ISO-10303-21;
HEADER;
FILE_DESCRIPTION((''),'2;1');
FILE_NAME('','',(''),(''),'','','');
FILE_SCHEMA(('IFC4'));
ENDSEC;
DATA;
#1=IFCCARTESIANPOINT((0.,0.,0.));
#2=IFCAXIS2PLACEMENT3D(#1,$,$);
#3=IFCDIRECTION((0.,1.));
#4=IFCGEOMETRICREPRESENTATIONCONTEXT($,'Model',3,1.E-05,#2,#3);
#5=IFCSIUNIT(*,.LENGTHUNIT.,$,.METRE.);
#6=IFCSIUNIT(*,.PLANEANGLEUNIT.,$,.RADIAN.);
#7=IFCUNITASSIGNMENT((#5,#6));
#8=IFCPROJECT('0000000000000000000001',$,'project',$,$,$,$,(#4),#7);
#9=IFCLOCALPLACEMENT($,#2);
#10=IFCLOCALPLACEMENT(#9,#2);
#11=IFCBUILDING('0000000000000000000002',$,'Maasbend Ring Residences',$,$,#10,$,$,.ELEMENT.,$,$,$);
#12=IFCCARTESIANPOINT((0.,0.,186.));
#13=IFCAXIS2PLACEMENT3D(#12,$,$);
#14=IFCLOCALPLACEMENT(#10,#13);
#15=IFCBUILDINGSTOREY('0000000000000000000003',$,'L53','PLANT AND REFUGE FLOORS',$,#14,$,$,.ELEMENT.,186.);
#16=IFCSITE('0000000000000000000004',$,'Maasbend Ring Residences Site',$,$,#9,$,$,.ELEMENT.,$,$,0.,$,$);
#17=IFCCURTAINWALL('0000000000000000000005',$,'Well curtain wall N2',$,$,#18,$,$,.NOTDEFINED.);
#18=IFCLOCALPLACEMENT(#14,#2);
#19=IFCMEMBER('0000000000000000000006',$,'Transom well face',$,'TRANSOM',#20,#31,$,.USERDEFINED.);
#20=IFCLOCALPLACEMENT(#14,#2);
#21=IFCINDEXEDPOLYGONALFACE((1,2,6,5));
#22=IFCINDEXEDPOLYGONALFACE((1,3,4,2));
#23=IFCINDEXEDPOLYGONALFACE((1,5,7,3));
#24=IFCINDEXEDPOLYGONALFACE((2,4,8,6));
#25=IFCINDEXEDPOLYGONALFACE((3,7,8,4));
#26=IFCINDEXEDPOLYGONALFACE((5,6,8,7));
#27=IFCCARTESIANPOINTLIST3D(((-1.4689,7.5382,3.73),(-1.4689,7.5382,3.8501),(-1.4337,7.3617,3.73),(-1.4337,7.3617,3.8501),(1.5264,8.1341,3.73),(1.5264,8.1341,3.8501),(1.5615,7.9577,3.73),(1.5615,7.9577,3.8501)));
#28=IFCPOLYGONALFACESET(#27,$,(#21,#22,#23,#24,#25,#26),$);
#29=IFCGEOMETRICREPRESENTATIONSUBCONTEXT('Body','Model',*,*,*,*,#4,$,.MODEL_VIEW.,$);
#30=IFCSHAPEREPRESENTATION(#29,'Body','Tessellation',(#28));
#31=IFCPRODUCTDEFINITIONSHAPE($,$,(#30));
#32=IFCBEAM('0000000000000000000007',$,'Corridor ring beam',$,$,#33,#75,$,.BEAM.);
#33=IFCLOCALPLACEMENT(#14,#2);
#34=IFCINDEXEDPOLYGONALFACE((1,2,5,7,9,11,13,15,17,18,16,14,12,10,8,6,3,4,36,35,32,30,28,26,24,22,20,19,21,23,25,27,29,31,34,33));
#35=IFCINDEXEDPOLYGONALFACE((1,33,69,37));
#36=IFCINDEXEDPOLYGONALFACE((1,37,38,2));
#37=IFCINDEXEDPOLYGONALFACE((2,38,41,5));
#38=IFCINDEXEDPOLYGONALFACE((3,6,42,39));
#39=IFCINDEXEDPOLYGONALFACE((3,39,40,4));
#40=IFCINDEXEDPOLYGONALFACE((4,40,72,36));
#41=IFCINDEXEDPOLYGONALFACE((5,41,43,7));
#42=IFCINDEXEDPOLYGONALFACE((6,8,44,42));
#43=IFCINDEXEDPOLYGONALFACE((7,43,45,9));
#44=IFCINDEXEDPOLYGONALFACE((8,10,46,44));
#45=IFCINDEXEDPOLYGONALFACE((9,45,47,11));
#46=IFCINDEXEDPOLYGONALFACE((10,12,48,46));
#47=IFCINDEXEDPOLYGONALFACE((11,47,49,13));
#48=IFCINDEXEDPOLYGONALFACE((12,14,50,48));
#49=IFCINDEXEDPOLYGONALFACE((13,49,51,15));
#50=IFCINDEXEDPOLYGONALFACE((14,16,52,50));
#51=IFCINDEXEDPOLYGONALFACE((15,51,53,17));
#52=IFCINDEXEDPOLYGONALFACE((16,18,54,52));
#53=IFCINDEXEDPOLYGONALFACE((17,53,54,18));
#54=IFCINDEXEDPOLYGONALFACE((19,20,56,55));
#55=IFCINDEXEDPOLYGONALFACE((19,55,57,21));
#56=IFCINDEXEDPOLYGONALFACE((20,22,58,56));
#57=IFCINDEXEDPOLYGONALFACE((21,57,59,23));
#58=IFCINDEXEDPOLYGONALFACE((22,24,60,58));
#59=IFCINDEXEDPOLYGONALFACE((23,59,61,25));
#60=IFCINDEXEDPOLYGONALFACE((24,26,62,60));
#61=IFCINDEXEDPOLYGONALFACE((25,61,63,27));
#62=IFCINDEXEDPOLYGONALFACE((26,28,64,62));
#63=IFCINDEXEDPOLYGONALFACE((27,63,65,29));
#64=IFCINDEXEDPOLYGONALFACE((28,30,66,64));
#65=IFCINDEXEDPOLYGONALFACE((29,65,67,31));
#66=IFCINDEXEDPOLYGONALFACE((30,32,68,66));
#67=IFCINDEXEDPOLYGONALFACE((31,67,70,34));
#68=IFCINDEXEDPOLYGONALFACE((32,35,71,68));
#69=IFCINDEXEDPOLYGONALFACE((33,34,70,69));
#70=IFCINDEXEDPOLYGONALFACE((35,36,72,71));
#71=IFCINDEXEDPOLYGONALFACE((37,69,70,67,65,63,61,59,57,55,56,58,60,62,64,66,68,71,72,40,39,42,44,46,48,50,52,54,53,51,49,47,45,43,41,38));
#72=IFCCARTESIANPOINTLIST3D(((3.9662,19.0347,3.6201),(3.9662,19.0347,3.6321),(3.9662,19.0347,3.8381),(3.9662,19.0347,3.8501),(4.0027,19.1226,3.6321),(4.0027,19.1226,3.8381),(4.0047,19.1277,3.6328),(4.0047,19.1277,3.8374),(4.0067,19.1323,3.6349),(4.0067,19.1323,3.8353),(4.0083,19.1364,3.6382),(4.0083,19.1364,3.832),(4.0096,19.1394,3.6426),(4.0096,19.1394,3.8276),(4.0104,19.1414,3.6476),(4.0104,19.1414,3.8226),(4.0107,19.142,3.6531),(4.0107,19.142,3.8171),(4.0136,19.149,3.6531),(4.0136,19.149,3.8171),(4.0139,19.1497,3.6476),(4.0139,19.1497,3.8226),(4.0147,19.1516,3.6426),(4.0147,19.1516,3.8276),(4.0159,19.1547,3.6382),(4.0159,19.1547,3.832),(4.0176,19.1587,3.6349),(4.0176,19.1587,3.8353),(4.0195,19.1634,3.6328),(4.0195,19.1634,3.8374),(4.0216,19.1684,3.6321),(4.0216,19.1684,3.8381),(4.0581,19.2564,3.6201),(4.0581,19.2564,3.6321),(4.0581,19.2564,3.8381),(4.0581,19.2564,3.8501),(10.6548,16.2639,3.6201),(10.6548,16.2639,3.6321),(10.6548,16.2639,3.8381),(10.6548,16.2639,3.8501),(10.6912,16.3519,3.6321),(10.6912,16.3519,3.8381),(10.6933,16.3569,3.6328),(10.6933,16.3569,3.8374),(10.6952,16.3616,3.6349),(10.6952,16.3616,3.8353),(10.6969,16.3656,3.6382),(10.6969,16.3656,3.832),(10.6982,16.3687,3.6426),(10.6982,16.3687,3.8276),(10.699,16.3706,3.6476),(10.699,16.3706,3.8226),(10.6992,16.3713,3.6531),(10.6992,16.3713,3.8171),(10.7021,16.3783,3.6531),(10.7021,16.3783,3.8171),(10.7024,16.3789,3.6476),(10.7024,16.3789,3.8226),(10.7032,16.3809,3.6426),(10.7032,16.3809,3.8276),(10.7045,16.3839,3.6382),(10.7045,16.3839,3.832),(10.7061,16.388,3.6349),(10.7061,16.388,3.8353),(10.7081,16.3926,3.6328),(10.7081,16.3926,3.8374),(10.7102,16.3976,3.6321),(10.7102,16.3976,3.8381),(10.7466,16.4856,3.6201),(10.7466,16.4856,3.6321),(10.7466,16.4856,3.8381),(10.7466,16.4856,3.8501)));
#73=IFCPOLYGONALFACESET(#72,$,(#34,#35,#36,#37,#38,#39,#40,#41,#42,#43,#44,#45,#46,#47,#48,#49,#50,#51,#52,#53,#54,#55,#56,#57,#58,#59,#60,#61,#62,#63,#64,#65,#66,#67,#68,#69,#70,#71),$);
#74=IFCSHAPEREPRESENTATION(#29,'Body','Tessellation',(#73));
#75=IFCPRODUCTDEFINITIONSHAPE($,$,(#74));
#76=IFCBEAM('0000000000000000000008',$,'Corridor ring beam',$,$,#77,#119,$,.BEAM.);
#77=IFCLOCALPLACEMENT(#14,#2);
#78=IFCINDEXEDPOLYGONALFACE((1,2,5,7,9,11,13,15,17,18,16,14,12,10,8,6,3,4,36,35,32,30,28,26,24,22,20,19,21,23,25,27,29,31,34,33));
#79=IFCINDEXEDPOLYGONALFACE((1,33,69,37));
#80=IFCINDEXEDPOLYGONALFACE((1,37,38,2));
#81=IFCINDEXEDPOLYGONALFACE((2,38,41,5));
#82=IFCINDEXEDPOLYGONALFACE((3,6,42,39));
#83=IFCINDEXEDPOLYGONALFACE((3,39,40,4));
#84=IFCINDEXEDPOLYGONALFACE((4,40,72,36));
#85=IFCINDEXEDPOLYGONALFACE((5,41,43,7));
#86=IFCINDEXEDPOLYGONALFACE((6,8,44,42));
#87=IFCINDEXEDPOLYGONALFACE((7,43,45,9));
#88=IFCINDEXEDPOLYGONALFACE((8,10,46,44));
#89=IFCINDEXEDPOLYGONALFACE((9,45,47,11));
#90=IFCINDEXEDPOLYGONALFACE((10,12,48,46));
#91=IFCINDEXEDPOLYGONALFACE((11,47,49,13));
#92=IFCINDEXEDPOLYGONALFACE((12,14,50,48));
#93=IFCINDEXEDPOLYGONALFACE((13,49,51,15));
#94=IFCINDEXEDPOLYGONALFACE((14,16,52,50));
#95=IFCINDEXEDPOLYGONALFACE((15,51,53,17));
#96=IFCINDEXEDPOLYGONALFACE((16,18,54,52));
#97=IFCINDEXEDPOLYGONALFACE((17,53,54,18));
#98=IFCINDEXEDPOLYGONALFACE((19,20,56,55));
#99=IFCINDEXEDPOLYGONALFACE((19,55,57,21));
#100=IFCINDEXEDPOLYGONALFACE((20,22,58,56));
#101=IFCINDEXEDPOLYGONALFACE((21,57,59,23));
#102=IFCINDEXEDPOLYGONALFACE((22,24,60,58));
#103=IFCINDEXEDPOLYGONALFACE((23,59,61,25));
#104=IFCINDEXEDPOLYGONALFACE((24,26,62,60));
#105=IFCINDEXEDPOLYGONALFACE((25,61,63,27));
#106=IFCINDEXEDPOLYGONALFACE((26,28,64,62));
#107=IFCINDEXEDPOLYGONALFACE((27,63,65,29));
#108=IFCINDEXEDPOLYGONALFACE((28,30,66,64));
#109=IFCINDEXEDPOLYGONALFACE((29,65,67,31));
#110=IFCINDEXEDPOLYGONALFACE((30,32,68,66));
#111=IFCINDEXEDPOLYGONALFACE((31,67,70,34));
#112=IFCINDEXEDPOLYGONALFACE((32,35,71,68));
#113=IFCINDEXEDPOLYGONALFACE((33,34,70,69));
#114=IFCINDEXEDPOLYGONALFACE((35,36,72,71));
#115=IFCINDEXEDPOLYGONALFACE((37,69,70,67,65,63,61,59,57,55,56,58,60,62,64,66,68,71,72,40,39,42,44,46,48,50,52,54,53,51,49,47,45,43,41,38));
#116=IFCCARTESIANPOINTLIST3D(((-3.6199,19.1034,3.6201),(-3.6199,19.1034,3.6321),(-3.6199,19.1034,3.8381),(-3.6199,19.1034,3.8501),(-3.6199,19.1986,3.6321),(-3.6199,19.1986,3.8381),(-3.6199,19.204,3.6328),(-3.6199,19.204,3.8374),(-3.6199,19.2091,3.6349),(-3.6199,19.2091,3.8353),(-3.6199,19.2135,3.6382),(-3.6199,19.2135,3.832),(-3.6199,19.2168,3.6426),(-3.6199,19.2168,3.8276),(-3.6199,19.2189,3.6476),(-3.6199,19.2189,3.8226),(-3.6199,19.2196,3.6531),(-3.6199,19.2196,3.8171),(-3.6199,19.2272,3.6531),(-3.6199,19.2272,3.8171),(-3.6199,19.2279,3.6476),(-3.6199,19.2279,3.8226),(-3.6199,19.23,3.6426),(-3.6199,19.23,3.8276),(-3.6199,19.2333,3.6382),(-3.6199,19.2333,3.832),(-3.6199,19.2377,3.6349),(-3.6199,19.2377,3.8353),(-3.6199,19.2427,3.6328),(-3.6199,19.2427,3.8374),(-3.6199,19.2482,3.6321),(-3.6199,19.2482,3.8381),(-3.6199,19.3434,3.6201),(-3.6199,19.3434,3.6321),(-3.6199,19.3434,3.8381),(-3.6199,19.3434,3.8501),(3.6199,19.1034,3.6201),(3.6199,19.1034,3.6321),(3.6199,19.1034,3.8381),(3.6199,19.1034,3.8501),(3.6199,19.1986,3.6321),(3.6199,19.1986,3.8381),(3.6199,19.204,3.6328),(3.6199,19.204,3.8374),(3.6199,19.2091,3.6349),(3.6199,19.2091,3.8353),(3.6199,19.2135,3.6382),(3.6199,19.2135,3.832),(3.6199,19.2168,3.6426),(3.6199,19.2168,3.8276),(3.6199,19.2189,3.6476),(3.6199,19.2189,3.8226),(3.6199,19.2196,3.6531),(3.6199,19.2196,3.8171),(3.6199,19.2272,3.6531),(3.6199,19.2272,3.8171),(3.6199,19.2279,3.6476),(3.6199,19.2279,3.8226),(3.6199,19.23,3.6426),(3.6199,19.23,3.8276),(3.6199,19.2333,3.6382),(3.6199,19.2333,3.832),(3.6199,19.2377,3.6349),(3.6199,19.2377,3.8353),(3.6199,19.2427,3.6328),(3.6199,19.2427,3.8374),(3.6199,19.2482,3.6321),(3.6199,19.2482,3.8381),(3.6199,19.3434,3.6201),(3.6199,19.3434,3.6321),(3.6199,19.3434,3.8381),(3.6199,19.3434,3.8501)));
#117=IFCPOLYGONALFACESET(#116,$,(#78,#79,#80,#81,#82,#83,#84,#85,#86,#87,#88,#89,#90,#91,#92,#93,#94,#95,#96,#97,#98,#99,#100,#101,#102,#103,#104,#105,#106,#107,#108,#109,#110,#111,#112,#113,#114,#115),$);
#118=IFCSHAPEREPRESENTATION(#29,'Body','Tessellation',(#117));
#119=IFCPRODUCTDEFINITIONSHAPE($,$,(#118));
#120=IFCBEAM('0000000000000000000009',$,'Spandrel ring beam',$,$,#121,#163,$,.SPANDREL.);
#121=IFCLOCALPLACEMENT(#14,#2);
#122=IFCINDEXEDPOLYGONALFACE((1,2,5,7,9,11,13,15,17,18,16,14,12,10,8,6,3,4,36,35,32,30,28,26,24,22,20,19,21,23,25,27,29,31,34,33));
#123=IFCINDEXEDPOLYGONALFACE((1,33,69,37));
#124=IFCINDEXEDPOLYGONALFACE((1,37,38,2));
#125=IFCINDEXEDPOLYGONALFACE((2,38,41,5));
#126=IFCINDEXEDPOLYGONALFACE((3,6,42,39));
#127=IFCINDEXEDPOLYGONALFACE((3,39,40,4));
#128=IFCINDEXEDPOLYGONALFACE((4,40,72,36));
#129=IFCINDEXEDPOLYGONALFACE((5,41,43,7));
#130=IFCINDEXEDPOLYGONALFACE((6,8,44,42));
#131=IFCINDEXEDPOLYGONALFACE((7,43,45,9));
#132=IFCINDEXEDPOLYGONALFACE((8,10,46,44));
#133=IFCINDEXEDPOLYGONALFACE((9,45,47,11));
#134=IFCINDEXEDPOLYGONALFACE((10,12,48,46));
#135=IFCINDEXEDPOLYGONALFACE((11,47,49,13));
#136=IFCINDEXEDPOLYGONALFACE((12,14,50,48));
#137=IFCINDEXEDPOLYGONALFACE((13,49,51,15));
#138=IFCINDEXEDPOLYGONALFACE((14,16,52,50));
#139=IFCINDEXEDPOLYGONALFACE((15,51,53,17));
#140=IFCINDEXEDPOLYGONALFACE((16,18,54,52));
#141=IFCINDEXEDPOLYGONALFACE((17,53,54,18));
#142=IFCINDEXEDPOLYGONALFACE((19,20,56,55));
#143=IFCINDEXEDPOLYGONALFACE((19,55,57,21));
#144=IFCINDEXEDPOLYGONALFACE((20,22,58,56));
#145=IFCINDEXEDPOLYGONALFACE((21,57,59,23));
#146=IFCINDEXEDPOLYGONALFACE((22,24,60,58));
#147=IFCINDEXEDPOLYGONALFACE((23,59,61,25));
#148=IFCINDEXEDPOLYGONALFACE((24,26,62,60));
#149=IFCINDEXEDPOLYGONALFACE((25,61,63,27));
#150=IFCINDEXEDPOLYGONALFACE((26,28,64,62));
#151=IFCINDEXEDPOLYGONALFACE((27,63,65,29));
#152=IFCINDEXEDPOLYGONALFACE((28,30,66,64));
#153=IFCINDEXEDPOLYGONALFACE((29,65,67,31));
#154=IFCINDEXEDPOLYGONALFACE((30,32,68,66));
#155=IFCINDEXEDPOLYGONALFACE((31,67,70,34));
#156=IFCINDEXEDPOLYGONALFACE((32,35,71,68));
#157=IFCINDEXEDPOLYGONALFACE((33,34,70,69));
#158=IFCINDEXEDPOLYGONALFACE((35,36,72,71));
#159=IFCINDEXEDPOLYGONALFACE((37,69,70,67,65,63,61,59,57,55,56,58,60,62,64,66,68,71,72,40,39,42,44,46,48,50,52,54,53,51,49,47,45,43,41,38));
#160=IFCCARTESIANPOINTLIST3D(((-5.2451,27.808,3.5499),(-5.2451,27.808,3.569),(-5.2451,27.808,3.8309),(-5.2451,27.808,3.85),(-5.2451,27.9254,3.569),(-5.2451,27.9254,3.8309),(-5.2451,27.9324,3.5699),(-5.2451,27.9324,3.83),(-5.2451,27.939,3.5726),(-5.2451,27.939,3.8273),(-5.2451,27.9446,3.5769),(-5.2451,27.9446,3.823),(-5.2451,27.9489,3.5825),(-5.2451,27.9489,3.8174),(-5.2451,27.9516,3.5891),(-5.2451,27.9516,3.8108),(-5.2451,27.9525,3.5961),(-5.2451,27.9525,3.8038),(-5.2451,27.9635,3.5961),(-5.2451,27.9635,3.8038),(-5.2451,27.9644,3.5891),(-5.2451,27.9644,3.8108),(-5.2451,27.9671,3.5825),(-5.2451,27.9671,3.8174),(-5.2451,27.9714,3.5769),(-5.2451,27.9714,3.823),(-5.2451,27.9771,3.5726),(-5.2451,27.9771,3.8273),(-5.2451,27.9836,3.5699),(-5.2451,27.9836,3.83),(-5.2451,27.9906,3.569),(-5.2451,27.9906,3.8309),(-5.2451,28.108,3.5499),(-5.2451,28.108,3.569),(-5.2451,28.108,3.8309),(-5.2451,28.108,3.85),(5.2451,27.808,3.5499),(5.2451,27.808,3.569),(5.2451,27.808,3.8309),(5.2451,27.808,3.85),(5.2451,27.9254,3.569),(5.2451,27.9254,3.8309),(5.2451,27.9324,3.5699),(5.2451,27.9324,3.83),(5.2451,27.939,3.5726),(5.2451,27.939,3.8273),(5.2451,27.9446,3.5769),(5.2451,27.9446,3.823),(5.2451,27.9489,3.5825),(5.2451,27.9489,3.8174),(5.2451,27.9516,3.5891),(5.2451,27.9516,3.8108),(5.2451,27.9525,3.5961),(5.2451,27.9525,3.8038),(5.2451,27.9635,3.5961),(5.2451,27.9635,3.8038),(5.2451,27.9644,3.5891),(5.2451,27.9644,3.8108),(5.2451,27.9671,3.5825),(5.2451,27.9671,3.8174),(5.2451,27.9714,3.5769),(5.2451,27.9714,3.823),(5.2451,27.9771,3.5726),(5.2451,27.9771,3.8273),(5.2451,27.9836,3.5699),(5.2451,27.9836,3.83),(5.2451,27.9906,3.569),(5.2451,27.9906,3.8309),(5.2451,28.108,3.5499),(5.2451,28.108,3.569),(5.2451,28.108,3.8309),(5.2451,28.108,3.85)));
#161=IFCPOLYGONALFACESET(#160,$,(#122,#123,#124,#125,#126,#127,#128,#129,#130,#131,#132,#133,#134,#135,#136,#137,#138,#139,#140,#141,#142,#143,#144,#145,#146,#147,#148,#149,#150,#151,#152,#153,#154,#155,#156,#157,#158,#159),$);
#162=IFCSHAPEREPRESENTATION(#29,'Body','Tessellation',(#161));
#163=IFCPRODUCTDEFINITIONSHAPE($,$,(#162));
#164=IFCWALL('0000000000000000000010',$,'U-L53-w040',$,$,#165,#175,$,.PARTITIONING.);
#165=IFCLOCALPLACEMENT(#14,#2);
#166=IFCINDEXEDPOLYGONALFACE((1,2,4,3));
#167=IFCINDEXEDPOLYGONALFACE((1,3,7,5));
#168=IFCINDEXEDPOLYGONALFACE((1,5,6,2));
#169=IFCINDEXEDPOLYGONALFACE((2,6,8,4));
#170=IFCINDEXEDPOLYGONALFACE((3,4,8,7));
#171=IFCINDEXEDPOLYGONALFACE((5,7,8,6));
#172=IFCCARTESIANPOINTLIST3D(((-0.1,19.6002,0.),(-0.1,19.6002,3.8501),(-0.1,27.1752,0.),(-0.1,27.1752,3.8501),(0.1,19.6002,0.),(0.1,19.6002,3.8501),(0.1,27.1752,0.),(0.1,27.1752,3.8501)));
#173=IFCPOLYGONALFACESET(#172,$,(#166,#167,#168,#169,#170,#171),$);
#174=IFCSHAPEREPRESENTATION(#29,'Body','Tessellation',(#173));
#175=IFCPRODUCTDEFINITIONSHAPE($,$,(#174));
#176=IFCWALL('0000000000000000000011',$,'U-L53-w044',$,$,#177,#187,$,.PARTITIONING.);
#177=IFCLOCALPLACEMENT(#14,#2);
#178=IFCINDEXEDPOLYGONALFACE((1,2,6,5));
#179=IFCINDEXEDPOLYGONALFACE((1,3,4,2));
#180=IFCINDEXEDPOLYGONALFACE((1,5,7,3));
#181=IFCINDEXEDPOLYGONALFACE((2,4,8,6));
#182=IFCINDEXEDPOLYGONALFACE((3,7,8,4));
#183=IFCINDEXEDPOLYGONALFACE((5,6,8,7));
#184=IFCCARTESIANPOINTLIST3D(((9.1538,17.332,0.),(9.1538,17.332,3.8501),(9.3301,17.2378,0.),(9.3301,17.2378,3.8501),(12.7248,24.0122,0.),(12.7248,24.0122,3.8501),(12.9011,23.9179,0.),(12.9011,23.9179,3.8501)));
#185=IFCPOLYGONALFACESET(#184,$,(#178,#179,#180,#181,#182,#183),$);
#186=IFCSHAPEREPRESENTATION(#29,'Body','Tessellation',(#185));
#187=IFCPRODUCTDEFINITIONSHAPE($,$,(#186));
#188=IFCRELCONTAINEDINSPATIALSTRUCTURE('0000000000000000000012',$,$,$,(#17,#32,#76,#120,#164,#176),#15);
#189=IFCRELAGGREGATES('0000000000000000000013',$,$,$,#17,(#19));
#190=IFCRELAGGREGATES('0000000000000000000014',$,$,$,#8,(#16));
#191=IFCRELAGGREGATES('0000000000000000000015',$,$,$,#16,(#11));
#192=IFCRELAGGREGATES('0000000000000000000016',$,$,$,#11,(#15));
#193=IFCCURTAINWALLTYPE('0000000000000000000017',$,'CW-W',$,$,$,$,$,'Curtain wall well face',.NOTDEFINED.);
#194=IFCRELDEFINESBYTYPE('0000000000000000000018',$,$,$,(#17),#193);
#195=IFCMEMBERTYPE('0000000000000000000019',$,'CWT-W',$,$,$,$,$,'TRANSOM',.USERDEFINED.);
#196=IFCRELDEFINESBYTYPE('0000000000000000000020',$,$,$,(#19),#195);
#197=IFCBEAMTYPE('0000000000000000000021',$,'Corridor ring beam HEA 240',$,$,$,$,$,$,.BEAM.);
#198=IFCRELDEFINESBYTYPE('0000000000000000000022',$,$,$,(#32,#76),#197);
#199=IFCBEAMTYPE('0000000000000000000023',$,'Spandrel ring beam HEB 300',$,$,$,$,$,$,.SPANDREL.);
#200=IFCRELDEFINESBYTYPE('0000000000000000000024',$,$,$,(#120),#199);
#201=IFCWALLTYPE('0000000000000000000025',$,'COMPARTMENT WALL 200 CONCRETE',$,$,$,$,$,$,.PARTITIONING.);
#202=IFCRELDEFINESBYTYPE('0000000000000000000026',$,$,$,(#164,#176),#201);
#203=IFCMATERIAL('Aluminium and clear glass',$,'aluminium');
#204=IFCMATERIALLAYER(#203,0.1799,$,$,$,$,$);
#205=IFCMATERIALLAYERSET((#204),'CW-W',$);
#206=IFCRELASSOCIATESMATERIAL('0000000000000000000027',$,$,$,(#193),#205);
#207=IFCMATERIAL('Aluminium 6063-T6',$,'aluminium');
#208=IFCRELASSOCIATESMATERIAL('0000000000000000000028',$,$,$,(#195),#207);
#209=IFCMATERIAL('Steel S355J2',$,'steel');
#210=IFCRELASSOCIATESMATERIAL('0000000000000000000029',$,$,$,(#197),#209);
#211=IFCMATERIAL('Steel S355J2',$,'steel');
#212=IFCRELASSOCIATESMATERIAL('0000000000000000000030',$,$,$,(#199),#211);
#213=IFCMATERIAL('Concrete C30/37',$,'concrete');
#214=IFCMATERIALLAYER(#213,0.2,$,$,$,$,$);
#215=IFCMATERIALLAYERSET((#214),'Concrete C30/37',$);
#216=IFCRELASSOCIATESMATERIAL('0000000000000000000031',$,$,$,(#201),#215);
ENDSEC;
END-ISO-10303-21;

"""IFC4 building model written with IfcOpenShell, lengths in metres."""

from ifc_helpers import new_model, si_unit, direction, frame, frame_2d, origin, origin_2d, place, context, subcontext, project, spatial, rectangle, i_section, extrude, material, layer, layer_set, material_profile, profile_set, type_object, element, aggregate, save


model = new_model("IFC4")

# Units and contexts
model_context = context("Model", 3, precision=1e-05, world=origin(), true_north=direction((0.0, 1.0)))
body_context = subcontext(model_context, "Body", "Model", "MODEL_VIEW")
ifc_project = project(units=[si_unit("LENGTHUNIT", "METRE"), si_unit("PLANEANGLEUNIT", "RADIAN")], contexts=[model_context])

# Site, building, storey
site_placement = place(None, origin())
site = spatial("IfcSite", under=ifc_project, at=site_placement, Name="Maasbend Ring Residences Site", CompositionType="ELEMENT", RefElevation=0.0)
building_placement = place(site_placement, origin())
building = spatial("IfcBuilding", under=site, at=building_placement, Name="Maasbend Ring Residences", CompositionType="ELEMENT")
storey_placement = place(building_placement, frame((0.0, 0.0, 186.0)))
storey = spatial("IfcBuildingStorey", under=building, at=storey_placement, Name="L53", Description="PLANT AND REFUGE FLOORS", CompositionType="ELEMENT", Elevation=186.0)

# Curtain wall, member
ifc_material_1 = material(Name="Aluminium and clear glass", Category="aluminium")
ifc_layer_1 = layer(ifc_material_1, 0.1799)
ifc_layer_set_1 = layer_set([ifc_layer_1], Name="CW-W")
curtain_wall_type = type_object("IfcCurtainWallType", Name="CW-W", ElementType="Curtain wall well face", PredefinedType="NOTDEFINED", material=ifc_layer_set_1)
curtain_wall_placement = place(storey_placement, origin())
curtain_wall = element("IfcCurtainWall", 1, at=curtain_wall_placement, inside=storey, type_object=curtain_wall_type, Name="Well curtain wall N2", PredefinedType="NOTDEFINED")
ifc_material_2 = material(Name="Aluminium 6063-T6", Category="aluminium")
ifc_material_profile_1 = material_profile(ifc_material_2, rectangle(XDim=0.1799, YDim=0.1201, at=origin_2d()), Name="AL 180x120")
ifc_profile_set_1 = profile_set([ifc_material_profile_1], Name="Aluminium 6063-T6")
member_type_1 = type_object("IfcMemberType", Name="CWT-W", ElementType="TRANSOM", PredefinedType="USERDEFINED", material=ifc_profile_set_1)
member_1_placement = place(storey_placement, frame((1.5439, 8.0459, 3.79), z_axis=(-0.980777, -0.195132, 0.0), x_axis=(0.195132, -0.980777, 0.0)))
member_1 = element("IfcMember", 2, at=member_1_placement, type_object=member_type_1, Name="Transom well face", ObjectType="TRANSOM", PredefinedType="USERDEFINED", context=body_context, shape_type="SweptSolid", body=[
    extrude(rectangle(XDim=0.1799, YDim=0.1201, at=origin_2d()), origin(), (0.0, 0.0, 1.0), 3.054),
])
aggregate(curtain_wall, [member_1])

# Beams
ifc_material_3 = material(Name="Steel S355J2", Category="steel")
ifc_material_profile_2 = material_profile(ifc_material_3, i_section(OverallWidth=0.24, OverallDepth=0.23, WebThickness=0.0076, FlangeThickness=0.012, FilletRadius=0.021, at=origin_2d()), Name="HEA 240")
ifc_profile_set_2 = profile_set([ifc_material_profile_2], Name="Steel S355J2")
beam_type_1 = type_object("IfcBeamType", Name="Corridor ring beam HEA 240", PredefinedType="BEAM", material=ifc_profile_set_2)
for number, where, z_axis, x_axis, name in (
    (3, (10.7007, 16.3748, 3.7351), (-0.923865, 0.382718, 0.0), (-0.382718, -0.923865, 0.0), "Corridor ring beam"),
    (4, (3.6199, 19.2234, 3.7351), (-1.0, 0.0, 0.0), (0.0, -1.0, 0.0), "Corridor ring beam"),
):
    element("IfcBeam", number, at=place(storey_placement, frame(where, z_axis=z_axis, x_axis=x_axis)), inside=storey, type_object=beam_type_1, Name=name, PredefinedType="BEAM", context=body_context, shape_type="SweptSolid", body=[
        extrude(i_section(OverallWidth=0.24, OverallDepth=0.23, WebThickness=0.0076, FlangeThickness=0.012, FilletRadius=0.021, at=origin_2d()), origin(), (0.0, 0.0, 1.0), 7.2397),
    ])
ifc_material_4 = material(Name="Steel S355J2", Category="steel")
ifc_material_profile_3 = material_profile(ifc_material_4, i_section(OverallWidth=0.3, OverallDepth=0.3, WebThickness=0.011, FlangeThickness=0.019, FilletRadius=0.0271, at=origin_2d()), Name="HEB 300")
ifc_profile_set_3 = profile_set([ifc_material_profile_3], Name="Steel S355J2")
beam_type_2 = type_object("IfcBeamType", Name="Spandrel ring beam HEB 300", PredefinedType="SPANDREL", material=ifc_profile_set_3)
beam_placement = place(storey_placement, frame((5.2451, 27.958, 3.7), z_axis=(-1.0, 0.0, 0.0), x_axis=(0.0, -1.0, 0.0)))
element("IfcBeam", 5, at=beam_placement, inside=storey, type_object=beam_type_2, Name="Spandrel ring beam", PredefinedType="SPANDREL", context=body_context, shape_type="SweptSolid", body=[
    extrude(i_section(OverallWidth=0.3, OverallDepth=0.3, WebThickness=0.011, FlangeThickness=0.019, FilletRadius=0.0271, at=origin_2d()), origin(), (0.0, 0.0, 1.0), 10.4902),
])

# Walls
ifc_material_5 = material(Name="Concrete C30/37", Category="concrete")
ifc_layer_2 = layer(ifc_material_5, 0.2)
ifc_layer_set_2 = layer_set([ifc_layer_2], Name="Concrete C30/37")
wall_type_1 = type_object("IfcWallType", Name="COMPARTMENT WALL 200 CONCRETE", PredefinedType="PARTITIONING", material=ifc_layer_set_2)
wall_1_placement = place(storey_placement, frame((0.0, 19.6001, 0.0), z_axis=(0.0, 0.0, 1.0), x_axis=(0.0, 1.0, 0.0)))
element("IfcWall", 6, at=wall_1_placement, inside=storey, type_object=wall_type_1, Name="U-L53-w040", PredefinedType="PARTITIONING", context=body_context, shape_type="SweptSolid", body=[
    extrude(rectangle(XDim=7.575, YDim=0.2, at=frame_2d((3.7876, 0.0))), origin(), (0.0, 0.0, 1.0), 3.8501),
])
wall_2_placement = place(storey_placement, frame((9.2419, 17.2849, 0.0), z_axis=(0.0, 0.0, 1.0), x_axis=(0.47144, 0.881898, 0.0)))
element("IfcWall", 7, at=wall_2_placement, inside=storey, type_object=wall_type_1, Name="U-L53-w044", PredefinedType="PARTITIONING", context=body_context, shape_type="SweptSolid", body=[
    extrude(rectangle(XDim=7.5747, YDim=0.2, at=frame_2d((3.7874, 0.0))), origin(), (0.0, 0.0, 1.0), 3.8501),
])

save(model, "model.ifc")
